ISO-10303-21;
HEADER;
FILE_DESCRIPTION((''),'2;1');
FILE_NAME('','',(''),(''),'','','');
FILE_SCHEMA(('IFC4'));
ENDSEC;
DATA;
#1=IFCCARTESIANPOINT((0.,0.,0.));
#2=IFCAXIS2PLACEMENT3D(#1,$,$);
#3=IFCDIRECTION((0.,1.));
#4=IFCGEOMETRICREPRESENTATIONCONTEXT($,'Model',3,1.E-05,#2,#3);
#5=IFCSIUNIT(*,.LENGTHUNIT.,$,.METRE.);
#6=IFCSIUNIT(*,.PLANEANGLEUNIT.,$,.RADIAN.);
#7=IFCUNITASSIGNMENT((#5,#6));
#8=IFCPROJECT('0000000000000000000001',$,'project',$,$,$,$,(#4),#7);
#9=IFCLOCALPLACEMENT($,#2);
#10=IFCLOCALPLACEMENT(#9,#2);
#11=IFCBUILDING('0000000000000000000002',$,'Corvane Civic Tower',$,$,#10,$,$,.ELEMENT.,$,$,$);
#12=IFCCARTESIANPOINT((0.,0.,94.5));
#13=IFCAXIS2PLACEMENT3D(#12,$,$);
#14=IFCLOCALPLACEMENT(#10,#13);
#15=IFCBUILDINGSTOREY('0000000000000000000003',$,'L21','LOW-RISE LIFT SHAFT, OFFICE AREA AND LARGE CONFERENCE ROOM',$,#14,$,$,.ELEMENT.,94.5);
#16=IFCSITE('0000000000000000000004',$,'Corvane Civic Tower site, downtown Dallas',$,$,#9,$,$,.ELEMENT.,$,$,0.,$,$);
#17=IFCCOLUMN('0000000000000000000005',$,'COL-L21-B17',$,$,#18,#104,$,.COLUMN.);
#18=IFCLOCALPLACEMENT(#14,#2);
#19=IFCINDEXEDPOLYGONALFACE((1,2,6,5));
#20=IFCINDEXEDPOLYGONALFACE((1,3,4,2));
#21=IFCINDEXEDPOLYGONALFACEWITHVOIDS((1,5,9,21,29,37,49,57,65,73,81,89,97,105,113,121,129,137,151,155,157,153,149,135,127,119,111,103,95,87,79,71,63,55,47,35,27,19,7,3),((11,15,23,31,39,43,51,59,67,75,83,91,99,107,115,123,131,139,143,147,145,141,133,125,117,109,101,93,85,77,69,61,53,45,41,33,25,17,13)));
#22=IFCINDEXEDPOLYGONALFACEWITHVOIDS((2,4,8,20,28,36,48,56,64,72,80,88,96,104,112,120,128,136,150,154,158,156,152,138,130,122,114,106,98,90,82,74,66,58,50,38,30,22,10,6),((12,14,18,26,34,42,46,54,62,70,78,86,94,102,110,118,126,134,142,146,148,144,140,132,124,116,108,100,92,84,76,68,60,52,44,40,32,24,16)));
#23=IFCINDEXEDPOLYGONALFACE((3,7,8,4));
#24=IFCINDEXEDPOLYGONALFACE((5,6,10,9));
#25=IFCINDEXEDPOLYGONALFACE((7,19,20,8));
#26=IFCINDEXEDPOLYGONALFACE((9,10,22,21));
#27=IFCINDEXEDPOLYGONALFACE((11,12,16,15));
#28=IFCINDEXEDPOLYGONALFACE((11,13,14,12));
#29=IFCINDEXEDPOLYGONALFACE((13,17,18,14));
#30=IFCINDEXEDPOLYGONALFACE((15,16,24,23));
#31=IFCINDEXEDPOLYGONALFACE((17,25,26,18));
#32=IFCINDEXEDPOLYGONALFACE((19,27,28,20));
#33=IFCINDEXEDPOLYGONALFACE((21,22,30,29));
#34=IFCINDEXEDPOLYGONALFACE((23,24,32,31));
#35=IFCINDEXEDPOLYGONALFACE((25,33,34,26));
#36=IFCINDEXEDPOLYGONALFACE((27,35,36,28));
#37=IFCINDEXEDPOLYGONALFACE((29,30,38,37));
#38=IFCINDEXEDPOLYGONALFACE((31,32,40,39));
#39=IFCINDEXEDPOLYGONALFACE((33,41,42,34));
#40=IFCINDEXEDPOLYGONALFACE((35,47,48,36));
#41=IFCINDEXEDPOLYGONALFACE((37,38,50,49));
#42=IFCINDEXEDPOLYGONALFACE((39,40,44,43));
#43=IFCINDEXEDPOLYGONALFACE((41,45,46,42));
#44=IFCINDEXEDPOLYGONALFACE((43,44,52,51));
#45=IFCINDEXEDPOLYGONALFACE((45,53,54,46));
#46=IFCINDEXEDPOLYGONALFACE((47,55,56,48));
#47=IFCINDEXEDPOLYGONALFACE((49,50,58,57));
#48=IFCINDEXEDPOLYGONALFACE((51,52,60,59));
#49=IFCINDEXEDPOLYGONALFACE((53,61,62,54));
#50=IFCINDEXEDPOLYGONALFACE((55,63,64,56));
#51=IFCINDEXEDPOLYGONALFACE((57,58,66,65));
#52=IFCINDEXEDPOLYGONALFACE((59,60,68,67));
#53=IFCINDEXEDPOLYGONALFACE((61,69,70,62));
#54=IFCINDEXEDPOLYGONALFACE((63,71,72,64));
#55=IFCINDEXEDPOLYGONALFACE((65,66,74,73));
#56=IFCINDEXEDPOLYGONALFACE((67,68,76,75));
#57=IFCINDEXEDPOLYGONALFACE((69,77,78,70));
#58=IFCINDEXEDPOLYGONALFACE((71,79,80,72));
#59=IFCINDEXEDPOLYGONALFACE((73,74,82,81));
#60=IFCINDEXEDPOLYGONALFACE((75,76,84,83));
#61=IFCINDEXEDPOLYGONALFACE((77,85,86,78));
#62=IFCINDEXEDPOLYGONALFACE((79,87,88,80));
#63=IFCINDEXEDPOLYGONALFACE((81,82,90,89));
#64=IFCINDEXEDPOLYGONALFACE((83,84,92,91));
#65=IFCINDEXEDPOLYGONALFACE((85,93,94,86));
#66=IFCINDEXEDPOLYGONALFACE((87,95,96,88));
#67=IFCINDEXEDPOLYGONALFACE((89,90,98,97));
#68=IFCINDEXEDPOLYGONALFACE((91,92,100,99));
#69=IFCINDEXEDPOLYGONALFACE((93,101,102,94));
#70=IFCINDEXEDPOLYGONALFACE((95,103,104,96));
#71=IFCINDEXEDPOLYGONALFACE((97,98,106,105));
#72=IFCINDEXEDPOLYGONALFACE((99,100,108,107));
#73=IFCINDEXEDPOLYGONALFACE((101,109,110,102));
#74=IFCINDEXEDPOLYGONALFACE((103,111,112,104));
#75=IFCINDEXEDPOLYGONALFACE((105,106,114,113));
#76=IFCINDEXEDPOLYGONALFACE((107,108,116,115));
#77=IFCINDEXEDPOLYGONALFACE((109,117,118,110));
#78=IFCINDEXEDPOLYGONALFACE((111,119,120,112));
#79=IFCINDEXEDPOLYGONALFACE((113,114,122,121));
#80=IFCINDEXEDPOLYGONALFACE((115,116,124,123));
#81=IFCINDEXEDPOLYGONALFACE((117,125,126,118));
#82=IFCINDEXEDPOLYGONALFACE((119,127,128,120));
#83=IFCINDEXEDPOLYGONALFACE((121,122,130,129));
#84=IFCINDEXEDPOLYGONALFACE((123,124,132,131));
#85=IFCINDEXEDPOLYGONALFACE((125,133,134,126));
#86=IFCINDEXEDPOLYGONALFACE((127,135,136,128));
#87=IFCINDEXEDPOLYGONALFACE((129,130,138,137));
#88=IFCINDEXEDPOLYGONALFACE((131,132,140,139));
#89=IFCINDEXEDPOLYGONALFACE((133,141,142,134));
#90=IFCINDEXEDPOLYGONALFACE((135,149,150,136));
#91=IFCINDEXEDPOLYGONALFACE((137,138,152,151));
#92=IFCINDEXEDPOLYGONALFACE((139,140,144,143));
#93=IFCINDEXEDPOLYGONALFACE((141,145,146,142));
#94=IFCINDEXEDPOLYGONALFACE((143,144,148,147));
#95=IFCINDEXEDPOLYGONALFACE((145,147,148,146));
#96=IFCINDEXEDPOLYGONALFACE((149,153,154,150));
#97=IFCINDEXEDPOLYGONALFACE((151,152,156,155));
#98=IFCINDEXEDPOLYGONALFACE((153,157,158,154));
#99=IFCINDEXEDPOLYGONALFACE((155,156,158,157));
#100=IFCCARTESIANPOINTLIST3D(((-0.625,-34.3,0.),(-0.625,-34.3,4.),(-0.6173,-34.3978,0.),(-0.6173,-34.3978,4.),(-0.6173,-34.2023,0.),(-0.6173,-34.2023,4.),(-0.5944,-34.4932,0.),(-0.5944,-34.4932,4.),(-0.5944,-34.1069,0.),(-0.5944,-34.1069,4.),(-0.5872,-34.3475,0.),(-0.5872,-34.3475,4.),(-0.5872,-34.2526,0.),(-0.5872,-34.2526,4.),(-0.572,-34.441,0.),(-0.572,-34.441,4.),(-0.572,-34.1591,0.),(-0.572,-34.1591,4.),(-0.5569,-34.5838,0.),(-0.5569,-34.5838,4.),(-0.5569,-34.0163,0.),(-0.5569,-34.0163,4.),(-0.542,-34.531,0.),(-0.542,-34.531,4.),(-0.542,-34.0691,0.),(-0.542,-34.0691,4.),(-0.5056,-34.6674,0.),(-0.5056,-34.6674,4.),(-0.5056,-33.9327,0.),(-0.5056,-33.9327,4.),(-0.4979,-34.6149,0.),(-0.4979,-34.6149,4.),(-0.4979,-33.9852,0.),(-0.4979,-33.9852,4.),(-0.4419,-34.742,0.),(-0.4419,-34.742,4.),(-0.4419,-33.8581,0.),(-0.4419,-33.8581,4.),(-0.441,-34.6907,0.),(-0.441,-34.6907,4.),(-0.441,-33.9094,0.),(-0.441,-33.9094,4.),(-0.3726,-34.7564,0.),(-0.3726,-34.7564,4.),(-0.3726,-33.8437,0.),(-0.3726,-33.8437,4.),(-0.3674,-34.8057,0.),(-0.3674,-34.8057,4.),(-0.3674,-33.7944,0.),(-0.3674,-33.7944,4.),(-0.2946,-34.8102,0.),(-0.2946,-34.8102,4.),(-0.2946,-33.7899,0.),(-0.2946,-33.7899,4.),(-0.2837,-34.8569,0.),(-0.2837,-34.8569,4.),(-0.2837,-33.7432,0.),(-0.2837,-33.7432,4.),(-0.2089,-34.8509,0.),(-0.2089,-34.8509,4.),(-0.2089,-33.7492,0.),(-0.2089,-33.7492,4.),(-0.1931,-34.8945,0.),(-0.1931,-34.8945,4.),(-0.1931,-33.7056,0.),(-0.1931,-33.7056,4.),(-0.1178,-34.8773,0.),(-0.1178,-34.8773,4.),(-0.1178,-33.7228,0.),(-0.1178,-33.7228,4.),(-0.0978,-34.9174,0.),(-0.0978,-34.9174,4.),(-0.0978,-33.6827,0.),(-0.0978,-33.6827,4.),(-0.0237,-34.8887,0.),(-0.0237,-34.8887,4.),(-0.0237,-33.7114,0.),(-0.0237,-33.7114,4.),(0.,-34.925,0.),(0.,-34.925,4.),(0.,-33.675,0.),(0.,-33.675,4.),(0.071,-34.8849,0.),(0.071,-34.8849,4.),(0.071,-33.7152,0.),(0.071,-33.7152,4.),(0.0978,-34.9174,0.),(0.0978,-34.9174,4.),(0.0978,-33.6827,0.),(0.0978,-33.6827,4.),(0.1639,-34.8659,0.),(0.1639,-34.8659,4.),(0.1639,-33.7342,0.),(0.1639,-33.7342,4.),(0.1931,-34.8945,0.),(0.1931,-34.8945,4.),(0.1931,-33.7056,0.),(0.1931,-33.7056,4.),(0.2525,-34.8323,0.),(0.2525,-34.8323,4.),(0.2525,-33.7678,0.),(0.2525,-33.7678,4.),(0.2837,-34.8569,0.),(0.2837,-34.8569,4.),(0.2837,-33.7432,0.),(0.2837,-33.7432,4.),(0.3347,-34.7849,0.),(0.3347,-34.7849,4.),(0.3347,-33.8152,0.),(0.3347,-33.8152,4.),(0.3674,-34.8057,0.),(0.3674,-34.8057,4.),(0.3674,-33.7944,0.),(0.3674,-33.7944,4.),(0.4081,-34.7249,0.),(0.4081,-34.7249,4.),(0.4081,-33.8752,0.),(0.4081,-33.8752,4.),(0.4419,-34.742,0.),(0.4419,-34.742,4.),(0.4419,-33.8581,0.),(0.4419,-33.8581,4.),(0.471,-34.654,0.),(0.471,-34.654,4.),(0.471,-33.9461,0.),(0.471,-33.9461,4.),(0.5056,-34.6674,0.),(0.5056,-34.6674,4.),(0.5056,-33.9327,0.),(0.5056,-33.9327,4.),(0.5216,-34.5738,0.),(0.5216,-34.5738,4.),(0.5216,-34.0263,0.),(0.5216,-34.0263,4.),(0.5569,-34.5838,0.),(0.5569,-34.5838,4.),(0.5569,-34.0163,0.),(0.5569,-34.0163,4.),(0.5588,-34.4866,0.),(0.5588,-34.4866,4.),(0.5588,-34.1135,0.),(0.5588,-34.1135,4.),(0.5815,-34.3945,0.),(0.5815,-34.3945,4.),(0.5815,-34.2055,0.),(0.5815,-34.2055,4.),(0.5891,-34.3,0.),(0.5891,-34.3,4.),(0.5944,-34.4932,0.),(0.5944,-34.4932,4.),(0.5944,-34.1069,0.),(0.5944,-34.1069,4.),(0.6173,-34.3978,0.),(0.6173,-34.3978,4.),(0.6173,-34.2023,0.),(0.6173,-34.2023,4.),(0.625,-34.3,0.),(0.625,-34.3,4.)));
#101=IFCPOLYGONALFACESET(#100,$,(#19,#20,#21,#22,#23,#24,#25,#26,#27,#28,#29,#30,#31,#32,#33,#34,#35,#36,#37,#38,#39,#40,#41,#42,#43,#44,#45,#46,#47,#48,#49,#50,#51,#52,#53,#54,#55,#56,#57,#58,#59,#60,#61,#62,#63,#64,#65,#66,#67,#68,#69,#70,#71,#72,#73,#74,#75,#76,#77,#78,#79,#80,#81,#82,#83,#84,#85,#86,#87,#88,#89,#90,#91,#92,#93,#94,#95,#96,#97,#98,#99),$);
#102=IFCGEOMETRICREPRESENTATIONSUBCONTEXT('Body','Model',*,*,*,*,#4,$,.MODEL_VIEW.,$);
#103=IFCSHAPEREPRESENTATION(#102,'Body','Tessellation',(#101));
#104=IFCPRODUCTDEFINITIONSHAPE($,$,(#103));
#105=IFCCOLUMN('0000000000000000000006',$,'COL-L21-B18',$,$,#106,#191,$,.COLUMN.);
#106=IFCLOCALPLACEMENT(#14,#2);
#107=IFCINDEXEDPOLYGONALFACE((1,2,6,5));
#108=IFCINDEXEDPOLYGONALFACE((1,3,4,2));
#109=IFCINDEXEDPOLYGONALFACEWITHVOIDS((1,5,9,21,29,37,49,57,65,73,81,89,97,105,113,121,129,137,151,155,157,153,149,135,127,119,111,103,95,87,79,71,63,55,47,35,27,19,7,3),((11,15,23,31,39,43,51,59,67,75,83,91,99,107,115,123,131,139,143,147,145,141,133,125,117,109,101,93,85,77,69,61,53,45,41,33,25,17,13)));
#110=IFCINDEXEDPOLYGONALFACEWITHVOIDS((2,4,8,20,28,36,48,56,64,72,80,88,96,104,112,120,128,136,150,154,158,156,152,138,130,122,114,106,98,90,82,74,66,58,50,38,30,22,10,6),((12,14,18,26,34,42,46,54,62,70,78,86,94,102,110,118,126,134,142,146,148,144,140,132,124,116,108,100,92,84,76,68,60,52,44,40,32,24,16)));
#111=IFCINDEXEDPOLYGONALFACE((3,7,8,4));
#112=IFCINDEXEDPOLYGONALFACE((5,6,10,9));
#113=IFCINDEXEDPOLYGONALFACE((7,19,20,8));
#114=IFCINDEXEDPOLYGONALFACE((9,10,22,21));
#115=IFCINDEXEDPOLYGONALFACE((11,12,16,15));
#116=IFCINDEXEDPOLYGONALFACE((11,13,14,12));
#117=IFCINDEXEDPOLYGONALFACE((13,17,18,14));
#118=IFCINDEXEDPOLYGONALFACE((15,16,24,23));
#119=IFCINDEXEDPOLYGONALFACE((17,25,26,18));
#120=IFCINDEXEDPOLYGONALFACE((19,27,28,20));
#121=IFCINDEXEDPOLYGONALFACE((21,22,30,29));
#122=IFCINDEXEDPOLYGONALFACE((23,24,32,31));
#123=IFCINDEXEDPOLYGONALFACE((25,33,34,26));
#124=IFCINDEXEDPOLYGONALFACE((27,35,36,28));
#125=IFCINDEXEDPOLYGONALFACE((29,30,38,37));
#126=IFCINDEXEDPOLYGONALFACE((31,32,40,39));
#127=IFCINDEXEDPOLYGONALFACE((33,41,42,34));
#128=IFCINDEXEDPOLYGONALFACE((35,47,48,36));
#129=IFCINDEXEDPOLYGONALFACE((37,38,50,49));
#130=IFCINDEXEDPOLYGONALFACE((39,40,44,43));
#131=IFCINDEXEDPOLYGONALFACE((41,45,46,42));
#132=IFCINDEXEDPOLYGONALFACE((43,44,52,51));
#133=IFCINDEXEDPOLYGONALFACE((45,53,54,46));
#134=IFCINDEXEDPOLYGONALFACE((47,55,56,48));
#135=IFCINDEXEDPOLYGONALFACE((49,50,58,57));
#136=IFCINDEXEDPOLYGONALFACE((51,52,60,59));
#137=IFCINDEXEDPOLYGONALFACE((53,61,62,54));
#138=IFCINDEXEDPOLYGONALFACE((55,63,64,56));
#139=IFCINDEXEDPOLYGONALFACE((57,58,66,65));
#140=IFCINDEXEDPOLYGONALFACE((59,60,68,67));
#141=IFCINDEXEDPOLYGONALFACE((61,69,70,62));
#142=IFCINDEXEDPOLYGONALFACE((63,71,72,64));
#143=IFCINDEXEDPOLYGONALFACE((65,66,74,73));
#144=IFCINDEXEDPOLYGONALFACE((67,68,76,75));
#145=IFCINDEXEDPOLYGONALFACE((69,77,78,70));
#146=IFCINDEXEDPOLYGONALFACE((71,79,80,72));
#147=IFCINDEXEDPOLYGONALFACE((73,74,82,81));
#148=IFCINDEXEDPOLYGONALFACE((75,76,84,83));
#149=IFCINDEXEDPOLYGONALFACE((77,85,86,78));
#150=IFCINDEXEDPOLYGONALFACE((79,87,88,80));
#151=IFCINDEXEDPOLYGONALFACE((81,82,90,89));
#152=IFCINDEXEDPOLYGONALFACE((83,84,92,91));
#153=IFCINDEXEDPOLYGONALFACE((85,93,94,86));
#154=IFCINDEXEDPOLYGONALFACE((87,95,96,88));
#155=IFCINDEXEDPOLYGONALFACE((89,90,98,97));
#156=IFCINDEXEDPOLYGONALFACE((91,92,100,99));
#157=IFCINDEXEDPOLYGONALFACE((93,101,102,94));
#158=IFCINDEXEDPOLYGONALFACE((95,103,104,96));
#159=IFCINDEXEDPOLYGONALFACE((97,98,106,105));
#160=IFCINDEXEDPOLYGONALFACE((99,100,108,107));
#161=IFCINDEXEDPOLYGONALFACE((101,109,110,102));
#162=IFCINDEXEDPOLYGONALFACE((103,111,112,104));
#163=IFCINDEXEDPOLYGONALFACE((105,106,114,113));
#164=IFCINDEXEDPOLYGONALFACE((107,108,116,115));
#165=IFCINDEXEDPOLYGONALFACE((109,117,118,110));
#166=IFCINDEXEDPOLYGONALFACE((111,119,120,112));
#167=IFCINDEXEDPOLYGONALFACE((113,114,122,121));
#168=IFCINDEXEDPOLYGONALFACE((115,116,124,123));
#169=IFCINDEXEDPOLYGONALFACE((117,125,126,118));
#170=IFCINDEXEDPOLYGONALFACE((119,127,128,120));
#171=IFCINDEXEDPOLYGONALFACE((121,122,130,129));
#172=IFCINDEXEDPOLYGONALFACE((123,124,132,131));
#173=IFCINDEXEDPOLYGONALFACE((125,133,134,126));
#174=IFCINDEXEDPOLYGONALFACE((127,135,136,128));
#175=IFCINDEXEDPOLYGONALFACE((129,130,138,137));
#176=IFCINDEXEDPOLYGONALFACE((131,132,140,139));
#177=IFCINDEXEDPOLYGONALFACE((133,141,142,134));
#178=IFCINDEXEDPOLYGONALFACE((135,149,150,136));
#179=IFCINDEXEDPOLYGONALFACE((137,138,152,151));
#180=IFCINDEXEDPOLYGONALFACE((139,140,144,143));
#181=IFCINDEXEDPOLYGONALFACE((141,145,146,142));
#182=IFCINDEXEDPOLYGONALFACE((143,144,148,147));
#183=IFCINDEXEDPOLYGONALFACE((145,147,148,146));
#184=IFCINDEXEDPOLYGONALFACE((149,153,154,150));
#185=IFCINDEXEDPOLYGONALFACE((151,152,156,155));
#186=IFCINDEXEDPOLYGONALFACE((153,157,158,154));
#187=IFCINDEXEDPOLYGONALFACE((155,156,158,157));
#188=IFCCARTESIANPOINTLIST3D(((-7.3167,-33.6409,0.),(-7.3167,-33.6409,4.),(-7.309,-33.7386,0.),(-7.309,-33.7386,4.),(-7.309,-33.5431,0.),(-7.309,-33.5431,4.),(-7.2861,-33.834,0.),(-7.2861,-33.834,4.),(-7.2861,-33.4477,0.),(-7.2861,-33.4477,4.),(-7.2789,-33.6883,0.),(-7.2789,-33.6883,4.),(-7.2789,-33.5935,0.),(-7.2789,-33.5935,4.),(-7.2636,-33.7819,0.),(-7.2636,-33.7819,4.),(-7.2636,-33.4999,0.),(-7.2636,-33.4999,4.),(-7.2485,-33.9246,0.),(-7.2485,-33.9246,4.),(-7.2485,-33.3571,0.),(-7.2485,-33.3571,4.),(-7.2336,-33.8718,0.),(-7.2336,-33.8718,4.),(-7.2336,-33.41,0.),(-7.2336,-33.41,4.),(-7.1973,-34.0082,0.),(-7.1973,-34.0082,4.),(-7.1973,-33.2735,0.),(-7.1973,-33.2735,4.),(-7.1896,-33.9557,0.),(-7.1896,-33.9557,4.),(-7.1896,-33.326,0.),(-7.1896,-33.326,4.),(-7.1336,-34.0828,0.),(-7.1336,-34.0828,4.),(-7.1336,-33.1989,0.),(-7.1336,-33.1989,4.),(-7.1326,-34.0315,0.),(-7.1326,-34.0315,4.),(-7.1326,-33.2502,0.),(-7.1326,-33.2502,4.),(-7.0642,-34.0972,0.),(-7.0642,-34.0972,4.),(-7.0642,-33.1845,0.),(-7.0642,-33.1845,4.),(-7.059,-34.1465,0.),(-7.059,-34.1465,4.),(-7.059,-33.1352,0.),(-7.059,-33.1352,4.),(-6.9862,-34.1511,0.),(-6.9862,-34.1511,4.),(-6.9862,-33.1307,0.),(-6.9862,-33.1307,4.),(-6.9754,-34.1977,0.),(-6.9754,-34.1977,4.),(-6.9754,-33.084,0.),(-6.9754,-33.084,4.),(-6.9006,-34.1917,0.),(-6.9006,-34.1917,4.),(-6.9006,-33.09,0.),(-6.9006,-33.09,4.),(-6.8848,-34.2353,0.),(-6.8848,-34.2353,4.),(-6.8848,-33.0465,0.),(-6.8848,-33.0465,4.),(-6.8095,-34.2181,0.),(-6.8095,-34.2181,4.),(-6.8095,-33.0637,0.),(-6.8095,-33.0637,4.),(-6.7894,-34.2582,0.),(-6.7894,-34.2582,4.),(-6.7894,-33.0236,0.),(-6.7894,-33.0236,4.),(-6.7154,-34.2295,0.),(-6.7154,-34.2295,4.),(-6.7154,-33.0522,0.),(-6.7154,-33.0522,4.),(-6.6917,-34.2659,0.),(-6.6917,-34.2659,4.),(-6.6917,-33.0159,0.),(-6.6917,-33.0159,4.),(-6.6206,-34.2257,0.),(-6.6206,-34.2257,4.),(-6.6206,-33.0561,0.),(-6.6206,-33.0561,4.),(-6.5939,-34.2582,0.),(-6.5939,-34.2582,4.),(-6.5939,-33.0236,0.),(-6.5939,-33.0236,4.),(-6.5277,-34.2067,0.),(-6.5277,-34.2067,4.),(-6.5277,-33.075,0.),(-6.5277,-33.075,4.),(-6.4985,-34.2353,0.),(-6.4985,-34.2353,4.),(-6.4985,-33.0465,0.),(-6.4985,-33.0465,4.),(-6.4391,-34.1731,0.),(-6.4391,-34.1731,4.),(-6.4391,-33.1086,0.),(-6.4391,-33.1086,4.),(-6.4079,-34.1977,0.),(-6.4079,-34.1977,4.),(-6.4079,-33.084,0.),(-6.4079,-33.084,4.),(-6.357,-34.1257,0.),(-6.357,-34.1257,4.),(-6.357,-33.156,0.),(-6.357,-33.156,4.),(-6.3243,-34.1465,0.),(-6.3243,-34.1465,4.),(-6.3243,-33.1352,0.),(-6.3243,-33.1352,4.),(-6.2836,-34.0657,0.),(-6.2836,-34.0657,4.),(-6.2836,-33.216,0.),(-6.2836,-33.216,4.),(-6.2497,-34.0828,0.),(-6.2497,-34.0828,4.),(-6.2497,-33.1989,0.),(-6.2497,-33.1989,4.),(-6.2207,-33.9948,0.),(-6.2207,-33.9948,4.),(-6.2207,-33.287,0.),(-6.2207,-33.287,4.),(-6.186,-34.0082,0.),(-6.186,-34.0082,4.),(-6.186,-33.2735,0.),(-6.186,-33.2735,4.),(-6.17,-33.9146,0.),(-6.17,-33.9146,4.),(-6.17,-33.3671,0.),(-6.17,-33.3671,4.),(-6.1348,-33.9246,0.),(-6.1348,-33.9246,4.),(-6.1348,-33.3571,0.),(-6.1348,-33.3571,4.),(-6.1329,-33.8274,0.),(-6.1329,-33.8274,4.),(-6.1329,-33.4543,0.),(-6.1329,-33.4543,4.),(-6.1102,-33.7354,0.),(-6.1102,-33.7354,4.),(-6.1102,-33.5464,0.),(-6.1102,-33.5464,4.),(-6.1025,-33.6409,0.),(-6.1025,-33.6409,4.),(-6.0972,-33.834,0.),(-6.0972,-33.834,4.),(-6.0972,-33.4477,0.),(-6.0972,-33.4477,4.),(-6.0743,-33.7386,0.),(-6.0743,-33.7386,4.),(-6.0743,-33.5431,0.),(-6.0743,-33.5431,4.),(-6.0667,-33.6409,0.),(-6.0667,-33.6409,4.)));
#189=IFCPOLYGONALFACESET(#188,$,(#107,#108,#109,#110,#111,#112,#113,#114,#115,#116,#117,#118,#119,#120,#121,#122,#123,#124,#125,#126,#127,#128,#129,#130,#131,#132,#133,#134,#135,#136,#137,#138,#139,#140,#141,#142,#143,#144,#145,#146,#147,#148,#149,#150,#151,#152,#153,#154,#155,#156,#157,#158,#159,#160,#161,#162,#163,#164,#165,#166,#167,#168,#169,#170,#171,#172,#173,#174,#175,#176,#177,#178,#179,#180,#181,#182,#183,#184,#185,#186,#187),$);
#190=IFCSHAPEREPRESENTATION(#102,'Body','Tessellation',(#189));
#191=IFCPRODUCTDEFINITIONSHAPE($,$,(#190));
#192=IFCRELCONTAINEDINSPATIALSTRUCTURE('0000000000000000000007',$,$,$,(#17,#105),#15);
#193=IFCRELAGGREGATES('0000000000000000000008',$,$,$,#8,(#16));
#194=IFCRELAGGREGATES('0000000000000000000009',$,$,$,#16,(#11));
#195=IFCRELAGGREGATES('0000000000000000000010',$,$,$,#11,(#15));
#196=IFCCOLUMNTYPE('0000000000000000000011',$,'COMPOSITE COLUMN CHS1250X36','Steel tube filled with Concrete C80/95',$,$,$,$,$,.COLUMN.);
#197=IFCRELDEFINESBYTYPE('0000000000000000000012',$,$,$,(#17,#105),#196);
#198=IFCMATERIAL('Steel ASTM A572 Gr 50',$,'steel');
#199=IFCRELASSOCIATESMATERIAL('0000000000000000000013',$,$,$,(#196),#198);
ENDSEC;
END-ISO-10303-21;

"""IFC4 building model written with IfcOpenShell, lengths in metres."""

from ifc_helpers import new_model, si_unit, direction, frame, origin, origin_2d, place, context, subcontext, project, spatial, hollow_circle, extrude, material, material_profile, profile_set, type_object, element, save


model = new_model("IFC4")

# Units and contexts
model_context = context("Model", 3, precision=1e-05, world=origin(), true_north=direction((0.0, 1.0)))
body_context = subcontext(model_context, "Body", "Model", "MODEL_VIEW")
ifc_project = project(units=[si_unit("LENGTHUNIT", "METRE"), si_unit("PLANEANGLEUNIT", "RADIAN")], contexts=[model_context])

# Site, building, storey
site_placement = place(None, origin())
site = spatial("IfcSite", under=ifc_project, at=site_placement, Name="Corvane Civic Tower site, downtown Dallas", CompositionType="ELEMENT", RefElevation=0.0)
building_placement = place(site_placement, origin())
building = spatial("IfcBuilding", under=site, at=building_placement, Name="Corvane Civic Tower", CompositionType="ELEMENT")
storey_placement = place(building_placement, frame((0.0, 0.0, 94.5)))
storey = spatial("IfcBuildingStorey", under=building, at=storey_placement, Name="L21", Description="LOW-RISE LIFT SHAFT, OFFICE AREA AND LARGE CONFERENCE ROOM", CompositionType="ELEMENT", Elevation=94.5)

# Columns
ifc_material_1 = material(Name="Steel ASTM A572 Gr 50", Category="steel")
ifc_material_profile_1 = material_profile(ifc_material_1, hollow_circle(Radius=0.625, WallThickness=0.0359, at=origin_2d()), Name="CHS1250X36")
ifc_profile_set_1 = profile_set([ifc_material_profile_1], Name="Steel ASTM A572 Gr 50")
column_type = type_object("IfcColumnType", Name="COMPOSITE COLUMN CHS1250X36", Description="Steel tube filled with Concrete C80/95", PredefinedType="COLUMN", material=ifc_profile_set_1)
for number, where, z_axis, x_axis, name in (
    (1, (0.0, -34.3, 0.0), (0.0, 0.0, 1.0), (1.0, 0.0, 0.0), "COL-L21-B17"),
    (2, (-6.6917, -33.6409, 0.0), (0.0, 0.0, 1.0), (1.0, 0.0, 0.0), "COL-L21-B18"),
):
    element("IfcColumn", number, at=place(storey_placement, frame(where, z_axis=z_axis, x_axis=x_axis)), inside=storey, type_object=column_type, Name=name, PredefinedType="COLUMN", context=body_context, shape_type="SweptSolid", body=[
        extrude(hollow_circle(Radius=0.625, WallThickness=0.0359, at=origin_2d()), origin(), (0.0, 0.0, 1.0), 4.0),
    ])

save(model, "model.ifc")
